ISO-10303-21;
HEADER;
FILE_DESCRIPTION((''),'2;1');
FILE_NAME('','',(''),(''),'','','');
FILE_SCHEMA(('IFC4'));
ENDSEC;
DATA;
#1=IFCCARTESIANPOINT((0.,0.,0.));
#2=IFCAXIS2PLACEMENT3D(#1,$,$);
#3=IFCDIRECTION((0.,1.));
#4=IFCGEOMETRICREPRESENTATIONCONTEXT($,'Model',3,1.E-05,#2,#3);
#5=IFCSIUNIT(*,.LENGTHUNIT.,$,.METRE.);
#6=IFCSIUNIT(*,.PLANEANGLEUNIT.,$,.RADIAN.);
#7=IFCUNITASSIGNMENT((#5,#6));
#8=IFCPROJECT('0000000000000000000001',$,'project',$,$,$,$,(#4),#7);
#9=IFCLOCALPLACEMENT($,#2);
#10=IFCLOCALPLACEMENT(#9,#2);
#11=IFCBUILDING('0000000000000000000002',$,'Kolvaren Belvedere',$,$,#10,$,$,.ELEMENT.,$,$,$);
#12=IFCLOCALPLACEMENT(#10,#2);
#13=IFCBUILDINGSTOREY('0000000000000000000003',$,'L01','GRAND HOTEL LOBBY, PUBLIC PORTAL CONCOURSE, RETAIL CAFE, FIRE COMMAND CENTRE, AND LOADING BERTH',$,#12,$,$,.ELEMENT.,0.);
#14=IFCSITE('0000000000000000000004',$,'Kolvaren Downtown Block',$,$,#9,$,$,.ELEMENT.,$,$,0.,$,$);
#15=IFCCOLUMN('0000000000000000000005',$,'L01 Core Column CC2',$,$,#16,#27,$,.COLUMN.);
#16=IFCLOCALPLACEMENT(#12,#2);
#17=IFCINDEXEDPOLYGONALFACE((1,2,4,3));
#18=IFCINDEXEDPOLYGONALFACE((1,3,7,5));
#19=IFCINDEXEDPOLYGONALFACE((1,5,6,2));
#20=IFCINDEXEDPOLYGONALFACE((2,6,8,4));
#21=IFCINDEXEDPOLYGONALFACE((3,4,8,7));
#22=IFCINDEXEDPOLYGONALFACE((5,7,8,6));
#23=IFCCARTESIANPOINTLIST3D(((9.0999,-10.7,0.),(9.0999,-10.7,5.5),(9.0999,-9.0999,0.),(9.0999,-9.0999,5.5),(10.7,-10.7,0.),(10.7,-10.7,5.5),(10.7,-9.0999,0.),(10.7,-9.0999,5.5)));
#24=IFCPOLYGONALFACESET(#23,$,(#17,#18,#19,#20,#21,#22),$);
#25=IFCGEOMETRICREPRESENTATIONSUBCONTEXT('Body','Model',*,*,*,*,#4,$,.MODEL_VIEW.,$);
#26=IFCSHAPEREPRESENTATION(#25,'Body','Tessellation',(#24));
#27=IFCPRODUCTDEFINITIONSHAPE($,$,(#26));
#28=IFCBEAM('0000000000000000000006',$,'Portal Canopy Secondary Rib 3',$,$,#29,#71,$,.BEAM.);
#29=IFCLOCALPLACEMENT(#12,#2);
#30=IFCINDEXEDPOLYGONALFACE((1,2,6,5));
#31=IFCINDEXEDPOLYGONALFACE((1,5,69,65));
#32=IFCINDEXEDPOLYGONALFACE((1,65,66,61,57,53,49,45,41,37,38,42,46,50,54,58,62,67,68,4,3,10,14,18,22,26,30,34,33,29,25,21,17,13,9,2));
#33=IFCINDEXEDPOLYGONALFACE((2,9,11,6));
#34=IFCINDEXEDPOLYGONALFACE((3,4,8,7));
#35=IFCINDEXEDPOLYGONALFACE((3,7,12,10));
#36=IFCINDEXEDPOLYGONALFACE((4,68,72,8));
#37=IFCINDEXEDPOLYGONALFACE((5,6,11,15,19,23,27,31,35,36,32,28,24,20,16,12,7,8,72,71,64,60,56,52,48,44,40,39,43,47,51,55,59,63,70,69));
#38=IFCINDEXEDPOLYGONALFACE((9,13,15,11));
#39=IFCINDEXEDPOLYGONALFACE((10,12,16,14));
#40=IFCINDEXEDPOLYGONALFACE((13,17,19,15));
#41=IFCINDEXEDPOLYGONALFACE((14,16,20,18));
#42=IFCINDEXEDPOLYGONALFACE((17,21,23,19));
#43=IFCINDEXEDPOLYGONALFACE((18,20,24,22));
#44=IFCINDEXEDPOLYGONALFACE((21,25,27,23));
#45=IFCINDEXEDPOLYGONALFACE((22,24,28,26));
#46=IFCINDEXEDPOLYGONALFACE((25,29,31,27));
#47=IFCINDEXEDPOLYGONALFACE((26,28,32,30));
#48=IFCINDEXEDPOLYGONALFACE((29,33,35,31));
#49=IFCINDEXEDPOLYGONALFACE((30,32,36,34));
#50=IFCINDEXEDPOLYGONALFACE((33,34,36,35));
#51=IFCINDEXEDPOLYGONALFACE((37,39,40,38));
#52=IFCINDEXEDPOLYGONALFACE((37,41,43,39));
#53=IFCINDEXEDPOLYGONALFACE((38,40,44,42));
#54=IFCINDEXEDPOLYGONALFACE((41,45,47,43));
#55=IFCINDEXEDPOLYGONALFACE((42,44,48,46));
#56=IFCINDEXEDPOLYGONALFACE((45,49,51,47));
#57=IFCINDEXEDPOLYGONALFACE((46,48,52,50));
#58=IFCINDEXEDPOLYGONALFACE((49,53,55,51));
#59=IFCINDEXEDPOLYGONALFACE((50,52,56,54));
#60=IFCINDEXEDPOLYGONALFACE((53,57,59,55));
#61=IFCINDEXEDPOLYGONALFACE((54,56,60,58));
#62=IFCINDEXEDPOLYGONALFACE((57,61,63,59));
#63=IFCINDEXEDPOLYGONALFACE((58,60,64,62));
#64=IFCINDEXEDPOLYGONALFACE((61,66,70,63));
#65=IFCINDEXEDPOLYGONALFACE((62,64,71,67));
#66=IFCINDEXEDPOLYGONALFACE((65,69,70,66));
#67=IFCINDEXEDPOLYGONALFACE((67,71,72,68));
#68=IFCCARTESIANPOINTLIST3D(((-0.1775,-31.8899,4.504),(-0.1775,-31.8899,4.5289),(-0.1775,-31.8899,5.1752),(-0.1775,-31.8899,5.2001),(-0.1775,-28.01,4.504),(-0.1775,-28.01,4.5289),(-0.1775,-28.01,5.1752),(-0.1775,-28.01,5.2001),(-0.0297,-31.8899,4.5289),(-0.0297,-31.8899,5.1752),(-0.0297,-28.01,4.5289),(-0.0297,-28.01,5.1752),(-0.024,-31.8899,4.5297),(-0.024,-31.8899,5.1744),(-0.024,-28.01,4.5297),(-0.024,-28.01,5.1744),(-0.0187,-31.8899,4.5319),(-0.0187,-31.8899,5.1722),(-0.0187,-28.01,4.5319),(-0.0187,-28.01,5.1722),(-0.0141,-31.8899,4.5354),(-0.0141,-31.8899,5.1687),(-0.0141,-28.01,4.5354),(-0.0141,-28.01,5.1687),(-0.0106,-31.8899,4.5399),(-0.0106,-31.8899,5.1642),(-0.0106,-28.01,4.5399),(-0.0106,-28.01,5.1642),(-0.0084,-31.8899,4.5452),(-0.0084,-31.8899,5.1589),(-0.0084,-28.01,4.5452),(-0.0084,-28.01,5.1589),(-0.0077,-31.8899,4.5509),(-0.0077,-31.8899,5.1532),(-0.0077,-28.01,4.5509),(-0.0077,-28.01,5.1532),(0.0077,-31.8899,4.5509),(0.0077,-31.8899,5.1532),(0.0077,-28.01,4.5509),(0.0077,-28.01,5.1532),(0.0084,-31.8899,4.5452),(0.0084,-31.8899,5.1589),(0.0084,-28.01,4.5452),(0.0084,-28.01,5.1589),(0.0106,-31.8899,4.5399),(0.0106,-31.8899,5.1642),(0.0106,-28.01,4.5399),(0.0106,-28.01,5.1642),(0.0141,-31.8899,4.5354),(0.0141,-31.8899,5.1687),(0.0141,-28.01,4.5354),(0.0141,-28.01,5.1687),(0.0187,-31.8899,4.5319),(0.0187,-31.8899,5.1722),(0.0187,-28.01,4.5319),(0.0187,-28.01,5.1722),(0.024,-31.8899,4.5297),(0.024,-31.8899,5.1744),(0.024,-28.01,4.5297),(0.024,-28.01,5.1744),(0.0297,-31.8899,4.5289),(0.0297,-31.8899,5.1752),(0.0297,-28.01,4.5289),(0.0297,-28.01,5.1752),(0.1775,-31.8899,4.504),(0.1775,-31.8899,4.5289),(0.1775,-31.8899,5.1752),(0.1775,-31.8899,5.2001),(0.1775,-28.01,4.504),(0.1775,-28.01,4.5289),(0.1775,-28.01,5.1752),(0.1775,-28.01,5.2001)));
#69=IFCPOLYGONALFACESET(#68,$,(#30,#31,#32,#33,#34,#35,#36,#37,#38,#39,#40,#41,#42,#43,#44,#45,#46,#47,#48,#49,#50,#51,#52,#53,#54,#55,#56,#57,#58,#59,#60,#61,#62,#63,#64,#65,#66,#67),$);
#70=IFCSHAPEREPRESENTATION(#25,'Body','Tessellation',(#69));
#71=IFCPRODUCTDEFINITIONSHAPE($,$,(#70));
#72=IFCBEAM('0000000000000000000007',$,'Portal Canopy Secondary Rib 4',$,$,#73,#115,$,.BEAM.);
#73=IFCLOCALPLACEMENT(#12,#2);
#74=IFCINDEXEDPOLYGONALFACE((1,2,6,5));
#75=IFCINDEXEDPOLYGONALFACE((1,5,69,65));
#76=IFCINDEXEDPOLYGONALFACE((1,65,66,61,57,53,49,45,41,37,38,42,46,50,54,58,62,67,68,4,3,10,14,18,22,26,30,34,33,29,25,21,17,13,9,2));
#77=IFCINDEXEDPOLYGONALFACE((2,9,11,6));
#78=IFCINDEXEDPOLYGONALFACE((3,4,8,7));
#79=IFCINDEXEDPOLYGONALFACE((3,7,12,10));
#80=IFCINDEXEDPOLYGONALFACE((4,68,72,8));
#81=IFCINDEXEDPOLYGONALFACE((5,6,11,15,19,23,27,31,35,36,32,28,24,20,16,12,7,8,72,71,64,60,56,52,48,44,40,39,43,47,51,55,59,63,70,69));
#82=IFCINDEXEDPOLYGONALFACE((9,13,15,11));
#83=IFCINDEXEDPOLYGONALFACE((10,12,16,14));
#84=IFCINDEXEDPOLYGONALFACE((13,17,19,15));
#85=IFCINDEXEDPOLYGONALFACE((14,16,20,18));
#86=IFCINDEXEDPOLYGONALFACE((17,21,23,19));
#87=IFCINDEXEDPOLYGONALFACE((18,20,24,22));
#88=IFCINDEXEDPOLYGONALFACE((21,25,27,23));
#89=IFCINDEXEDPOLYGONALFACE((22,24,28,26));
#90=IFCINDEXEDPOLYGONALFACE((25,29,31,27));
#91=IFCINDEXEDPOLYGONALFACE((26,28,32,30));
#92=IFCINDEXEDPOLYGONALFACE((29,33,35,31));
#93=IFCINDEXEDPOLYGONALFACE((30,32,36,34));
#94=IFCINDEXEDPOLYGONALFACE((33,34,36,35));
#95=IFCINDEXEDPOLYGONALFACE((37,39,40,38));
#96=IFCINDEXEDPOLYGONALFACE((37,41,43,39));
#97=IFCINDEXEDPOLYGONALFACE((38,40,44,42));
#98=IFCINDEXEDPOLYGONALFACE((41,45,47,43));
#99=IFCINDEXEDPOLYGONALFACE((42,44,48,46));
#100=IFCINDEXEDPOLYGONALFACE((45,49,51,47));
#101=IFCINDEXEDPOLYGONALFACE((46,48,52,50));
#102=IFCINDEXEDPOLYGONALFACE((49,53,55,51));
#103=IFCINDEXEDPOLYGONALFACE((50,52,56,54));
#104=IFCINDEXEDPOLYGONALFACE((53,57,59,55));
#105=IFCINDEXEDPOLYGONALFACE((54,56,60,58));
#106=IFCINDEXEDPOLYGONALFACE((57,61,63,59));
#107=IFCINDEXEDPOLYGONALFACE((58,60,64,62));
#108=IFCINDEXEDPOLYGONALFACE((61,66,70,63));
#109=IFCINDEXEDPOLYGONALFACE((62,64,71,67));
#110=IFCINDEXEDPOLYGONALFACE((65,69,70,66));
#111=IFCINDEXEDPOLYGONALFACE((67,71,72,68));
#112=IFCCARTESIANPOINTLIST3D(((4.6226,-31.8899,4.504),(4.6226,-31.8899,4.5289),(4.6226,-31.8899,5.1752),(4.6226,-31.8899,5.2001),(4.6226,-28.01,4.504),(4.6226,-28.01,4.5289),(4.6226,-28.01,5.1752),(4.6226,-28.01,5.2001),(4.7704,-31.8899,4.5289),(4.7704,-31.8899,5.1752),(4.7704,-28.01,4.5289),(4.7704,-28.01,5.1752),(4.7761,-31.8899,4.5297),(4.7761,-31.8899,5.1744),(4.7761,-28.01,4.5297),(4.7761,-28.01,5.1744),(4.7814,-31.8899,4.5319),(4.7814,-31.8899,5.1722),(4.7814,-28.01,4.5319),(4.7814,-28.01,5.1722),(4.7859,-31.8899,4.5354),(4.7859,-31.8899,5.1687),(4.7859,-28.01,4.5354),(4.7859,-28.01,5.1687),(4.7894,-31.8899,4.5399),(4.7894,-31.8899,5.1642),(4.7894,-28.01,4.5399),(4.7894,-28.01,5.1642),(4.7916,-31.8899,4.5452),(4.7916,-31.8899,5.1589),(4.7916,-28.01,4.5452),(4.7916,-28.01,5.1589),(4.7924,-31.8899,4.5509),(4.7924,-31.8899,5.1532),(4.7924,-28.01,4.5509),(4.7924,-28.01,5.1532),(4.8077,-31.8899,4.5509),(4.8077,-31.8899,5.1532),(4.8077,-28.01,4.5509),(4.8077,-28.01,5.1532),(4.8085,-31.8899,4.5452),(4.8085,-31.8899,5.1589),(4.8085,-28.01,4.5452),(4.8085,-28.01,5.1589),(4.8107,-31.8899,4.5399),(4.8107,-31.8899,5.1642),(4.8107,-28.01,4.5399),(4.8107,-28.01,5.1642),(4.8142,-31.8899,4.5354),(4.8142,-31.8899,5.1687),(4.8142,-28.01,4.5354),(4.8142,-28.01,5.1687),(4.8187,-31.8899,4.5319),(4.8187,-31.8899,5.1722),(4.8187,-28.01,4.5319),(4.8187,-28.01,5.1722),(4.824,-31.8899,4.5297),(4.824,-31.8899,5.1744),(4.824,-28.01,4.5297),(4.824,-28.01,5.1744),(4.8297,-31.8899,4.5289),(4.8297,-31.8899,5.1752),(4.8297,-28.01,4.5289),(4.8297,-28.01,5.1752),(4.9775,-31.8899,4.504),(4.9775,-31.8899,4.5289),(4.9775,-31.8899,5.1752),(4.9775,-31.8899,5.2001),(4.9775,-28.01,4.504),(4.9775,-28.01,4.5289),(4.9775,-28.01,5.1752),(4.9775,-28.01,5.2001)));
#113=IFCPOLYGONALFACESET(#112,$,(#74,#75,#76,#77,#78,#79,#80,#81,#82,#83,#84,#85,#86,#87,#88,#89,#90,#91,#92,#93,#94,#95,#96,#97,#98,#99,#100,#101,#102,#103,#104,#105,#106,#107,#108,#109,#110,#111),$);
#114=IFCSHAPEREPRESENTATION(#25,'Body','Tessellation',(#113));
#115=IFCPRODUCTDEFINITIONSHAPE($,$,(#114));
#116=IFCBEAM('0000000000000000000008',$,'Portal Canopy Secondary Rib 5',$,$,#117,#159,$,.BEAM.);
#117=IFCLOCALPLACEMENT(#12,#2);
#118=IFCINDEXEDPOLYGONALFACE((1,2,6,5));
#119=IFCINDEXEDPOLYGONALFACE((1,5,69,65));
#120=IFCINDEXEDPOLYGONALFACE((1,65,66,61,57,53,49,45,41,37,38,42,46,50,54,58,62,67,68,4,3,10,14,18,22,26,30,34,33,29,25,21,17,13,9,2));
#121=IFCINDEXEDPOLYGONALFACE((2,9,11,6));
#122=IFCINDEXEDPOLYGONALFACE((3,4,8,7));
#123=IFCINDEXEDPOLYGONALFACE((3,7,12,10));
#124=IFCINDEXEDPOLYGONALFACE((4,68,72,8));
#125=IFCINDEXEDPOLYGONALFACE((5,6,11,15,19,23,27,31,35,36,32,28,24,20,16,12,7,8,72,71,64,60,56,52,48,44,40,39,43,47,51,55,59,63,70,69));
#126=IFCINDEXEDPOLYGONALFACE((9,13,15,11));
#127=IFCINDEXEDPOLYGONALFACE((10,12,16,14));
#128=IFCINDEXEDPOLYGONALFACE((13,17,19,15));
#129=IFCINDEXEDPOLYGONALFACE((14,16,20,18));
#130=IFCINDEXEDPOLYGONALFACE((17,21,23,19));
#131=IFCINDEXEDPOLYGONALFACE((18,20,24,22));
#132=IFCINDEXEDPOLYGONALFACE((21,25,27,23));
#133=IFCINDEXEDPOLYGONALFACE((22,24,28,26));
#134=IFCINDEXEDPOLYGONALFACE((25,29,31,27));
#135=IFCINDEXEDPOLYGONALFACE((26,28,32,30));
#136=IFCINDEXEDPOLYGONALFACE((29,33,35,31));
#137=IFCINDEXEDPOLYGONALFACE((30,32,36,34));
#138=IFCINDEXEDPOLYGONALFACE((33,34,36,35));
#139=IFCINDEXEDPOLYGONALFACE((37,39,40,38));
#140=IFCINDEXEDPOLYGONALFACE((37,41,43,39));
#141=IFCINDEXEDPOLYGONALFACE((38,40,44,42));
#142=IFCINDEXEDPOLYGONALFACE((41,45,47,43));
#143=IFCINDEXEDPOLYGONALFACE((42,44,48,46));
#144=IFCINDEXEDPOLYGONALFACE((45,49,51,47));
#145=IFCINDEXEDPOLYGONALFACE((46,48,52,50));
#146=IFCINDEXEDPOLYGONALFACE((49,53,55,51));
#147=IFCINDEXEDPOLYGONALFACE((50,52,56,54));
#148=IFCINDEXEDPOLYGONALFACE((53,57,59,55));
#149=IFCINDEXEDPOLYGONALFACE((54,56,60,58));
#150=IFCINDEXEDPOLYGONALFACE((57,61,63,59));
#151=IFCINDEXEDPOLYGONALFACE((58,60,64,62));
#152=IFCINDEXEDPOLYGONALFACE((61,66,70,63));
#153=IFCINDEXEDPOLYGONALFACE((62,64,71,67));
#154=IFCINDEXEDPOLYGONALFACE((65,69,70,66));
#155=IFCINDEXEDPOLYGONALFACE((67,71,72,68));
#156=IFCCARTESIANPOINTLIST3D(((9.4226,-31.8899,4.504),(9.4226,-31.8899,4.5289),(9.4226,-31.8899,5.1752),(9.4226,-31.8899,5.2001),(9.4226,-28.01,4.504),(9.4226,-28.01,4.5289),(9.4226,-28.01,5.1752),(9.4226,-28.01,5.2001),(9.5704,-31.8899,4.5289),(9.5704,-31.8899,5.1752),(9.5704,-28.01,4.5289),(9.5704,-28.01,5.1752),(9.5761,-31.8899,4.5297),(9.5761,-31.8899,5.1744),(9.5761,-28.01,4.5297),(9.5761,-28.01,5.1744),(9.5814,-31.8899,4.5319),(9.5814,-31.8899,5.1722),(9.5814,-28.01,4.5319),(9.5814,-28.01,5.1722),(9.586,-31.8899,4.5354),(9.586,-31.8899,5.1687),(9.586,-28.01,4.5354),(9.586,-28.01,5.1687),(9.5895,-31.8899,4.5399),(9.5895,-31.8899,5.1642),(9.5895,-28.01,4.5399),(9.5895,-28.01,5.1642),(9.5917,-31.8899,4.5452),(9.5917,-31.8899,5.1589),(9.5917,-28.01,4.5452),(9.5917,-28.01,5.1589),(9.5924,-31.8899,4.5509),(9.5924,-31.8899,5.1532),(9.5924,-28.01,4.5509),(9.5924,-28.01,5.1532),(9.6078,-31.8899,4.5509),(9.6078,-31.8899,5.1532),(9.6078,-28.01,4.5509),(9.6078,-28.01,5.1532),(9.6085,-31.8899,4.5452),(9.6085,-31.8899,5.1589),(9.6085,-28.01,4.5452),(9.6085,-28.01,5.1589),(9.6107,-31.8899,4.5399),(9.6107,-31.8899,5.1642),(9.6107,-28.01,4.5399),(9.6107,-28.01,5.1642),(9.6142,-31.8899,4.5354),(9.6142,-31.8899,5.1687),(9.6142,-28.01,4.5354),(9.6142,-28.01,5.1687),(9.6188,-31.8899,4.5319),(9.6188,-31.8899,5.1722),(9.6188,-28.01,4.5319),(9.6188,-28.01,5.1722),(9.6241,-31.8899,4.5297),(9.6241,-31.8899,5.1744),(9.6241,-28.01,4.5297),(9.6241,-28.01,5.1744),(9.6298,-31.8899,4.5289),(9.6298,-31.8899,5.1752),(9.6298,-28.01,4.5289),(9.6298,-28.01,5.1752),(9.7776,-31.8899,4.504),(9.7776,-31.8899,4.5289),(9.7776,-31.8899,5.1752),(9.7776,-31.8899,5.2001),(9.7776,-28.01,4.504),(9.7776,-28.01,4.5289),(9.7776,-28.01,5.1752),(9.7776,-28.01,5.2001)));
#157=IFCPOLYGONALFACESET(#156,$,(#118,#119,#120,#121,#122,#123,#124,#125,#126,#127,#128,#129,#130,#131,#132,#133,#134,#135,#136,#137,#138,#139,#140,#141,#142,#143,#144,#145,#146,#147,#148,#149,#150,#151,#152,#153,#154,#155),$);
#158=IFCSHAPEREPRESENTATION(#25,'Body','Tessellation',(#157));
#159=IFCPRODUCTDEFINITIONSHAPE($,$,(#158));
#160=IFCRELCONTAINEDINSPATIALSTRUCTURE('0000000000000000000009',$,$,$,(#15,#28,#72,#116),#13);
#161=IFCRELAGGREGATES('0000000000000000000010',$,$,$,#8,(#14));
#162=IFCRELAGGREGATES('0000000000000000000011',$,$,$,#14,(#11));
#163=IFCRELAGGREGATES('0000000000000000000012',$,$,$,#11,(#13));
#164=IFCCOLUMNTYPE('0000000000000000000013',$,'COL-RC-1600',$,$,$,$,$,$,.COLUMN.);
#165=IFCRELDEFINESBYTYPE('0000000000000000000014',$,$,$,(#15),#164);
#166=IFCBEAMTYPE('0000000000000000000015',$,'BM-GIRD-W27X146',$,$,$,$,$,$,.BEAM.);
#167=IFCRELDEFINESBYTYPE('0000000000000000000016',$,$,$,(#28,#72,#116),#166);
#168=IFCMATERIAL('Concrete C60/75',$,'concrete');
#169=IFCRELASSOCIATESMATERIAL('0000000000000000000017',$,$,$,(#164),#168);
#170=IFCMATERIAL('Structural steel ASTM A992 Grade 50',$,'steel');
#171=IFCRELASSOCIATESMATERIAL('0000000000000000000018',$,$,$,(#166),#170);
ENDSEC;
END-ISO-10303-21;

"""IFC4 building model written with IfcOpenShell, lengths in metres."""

from ifc_helpers import new_model, si_unit, direction, frame, origin, origin_2d, place, context, subcontext, project, spatial, rectangle, i_section, extrude, material, material_profile, profile_set, type_object, element, save


model = new_model("IFC4")

# Units and contexts
model_context = context("Model", 3, precision=1e-05, world=origin(), true_north=direction((0.0, 1.0)))
body_context = subcontext(model_context, "Body", "Model", "MODEL_VIEW")
ifc_project = project(units=[si_unit("LENGTHUNIT", "METRE"), si_unit("PLANEANGLEUNIT", "RADIAN")], contexts=[model_context])

# Site, building, storey
site_placement = place(None, origin())
site = spatial("IfcSite", under=ifc_project, at=site_placement, Name="Kolvaren Downtown Block", CompositionType="ELEMENT", RefElevation=0.0)
building_placement = place(site_placement, origin())
building = spatial("IfcBuilding", under=site, at=building_placement, Name="Kolvaren Belvedere", CompositionType="ELEMENT")
storey_placement = place(building_placement, origin())
storey = spatial("IfcBuildingStorey", under=building, at=storey_placement, Name="L01", Description="GRAND HOTEL LOBBY, PUBLIC PORTAL CONCOURSE, RETAIL CAFE, FIRE COMMAND CENTRE, AND LOADING BERTH", CompositionType="ELEMENT", Elevation=0.0)

# Column
ifc_material_1 = material(Name="Concrete C60/75", Category="concrete")
ifc_material_profile_1 = material_profile(ifc_material_1, rectangle(XDim=1.6001, YDim=1.6001, at=origin_2d()), Name="RC 1600X1600")
ifc_profile_set_1 = profile_set([ifc_material_profile_1], Name="Concrete C60/75")
column_type = type_object("IfcColumnType", Name="COL-RC-1600", PredefinedType="COLUMN", material=ifc_profile_set_1)
column_placement = place(storey_placement, frame((9.8999, -9.8999, 0.0), z_axis=(0.0, 0.0, 1.0), x_axis=(1.0, 0.0, 0.0)))
element("IfcColumn", 1, at=column_placement, inside=storey, type_object=column_type, Name="L01 Core Column CC2", PredefinedType="COLUMN", context=body_context, shape_type="SweptSolid", body=[
    extrude(rectangle(XDim=1.6001, YDim=1.6001, at=origin_2d()), origin(), (0.0, 0.0, 1.0), 5.5),
])

# Beams
ifc_material_2 = material(Name="Structural steel ASTM A992 Grade 50", Category="steel")
ifc_material_profile_2 = material_profile(ifc_material_2, i_section(OverallWidth=0.355, OverallDepth=0.696, WebThickness=0.0154, FlangeThickness=0.0249, FilletRadius=0.022, at=origin_2d()), Name="W27X146")
ifc_profile_set_2 = profile_set([ifc_material_profile_2], Name="Structural steel ASTM A992 Grade 50")
beam_type_1 = type_object("IfcBeamType", Name="BM-GIRD-W27X146", PredefinedType="BEAM", material=ifc_profile_set_2)
for number, where, z_axis, x_axis, name in (
    (2, (0.0, -28.01, 4.8521), (0.0, -1.0, 0.0), (1.0, 0.0, 0.0), "Portal Canopy Secondary Rib 3"),
    (3, (4.8, -28.01, 4.8521), (0.0, -1.0, 0.0), (1.0, 0.0, 0.0), "Portal Canopy Secondary Rib 4"),
    (4, (9.6001, -28.01, 4.8521), (0.0, -1.0, 0.0), (1.0, 0.0, 0.0), "Portal Canopy Secondary Rib 5"),
):
    element("IfcBeam", number, at=place(storey_placement, frame(where, z_axis=z_axis, x_axis=x_axis)), inside=storey, type_object=beam_type_1, Name=name, PredefinedType="BEAM", context=body_context, shape_type="SweptSolid", body=[
        extrude(i_section(OverallWidth=0.355, OverallDepth=0.696, WebThickness=0.0154, FlangeThickness=0.0249, FilletRadius=0.022, at=origin_2d()), origin(), (0.0, 0.0, 1.0), 3.8799),
    ])

save(model, "model.ifc")
